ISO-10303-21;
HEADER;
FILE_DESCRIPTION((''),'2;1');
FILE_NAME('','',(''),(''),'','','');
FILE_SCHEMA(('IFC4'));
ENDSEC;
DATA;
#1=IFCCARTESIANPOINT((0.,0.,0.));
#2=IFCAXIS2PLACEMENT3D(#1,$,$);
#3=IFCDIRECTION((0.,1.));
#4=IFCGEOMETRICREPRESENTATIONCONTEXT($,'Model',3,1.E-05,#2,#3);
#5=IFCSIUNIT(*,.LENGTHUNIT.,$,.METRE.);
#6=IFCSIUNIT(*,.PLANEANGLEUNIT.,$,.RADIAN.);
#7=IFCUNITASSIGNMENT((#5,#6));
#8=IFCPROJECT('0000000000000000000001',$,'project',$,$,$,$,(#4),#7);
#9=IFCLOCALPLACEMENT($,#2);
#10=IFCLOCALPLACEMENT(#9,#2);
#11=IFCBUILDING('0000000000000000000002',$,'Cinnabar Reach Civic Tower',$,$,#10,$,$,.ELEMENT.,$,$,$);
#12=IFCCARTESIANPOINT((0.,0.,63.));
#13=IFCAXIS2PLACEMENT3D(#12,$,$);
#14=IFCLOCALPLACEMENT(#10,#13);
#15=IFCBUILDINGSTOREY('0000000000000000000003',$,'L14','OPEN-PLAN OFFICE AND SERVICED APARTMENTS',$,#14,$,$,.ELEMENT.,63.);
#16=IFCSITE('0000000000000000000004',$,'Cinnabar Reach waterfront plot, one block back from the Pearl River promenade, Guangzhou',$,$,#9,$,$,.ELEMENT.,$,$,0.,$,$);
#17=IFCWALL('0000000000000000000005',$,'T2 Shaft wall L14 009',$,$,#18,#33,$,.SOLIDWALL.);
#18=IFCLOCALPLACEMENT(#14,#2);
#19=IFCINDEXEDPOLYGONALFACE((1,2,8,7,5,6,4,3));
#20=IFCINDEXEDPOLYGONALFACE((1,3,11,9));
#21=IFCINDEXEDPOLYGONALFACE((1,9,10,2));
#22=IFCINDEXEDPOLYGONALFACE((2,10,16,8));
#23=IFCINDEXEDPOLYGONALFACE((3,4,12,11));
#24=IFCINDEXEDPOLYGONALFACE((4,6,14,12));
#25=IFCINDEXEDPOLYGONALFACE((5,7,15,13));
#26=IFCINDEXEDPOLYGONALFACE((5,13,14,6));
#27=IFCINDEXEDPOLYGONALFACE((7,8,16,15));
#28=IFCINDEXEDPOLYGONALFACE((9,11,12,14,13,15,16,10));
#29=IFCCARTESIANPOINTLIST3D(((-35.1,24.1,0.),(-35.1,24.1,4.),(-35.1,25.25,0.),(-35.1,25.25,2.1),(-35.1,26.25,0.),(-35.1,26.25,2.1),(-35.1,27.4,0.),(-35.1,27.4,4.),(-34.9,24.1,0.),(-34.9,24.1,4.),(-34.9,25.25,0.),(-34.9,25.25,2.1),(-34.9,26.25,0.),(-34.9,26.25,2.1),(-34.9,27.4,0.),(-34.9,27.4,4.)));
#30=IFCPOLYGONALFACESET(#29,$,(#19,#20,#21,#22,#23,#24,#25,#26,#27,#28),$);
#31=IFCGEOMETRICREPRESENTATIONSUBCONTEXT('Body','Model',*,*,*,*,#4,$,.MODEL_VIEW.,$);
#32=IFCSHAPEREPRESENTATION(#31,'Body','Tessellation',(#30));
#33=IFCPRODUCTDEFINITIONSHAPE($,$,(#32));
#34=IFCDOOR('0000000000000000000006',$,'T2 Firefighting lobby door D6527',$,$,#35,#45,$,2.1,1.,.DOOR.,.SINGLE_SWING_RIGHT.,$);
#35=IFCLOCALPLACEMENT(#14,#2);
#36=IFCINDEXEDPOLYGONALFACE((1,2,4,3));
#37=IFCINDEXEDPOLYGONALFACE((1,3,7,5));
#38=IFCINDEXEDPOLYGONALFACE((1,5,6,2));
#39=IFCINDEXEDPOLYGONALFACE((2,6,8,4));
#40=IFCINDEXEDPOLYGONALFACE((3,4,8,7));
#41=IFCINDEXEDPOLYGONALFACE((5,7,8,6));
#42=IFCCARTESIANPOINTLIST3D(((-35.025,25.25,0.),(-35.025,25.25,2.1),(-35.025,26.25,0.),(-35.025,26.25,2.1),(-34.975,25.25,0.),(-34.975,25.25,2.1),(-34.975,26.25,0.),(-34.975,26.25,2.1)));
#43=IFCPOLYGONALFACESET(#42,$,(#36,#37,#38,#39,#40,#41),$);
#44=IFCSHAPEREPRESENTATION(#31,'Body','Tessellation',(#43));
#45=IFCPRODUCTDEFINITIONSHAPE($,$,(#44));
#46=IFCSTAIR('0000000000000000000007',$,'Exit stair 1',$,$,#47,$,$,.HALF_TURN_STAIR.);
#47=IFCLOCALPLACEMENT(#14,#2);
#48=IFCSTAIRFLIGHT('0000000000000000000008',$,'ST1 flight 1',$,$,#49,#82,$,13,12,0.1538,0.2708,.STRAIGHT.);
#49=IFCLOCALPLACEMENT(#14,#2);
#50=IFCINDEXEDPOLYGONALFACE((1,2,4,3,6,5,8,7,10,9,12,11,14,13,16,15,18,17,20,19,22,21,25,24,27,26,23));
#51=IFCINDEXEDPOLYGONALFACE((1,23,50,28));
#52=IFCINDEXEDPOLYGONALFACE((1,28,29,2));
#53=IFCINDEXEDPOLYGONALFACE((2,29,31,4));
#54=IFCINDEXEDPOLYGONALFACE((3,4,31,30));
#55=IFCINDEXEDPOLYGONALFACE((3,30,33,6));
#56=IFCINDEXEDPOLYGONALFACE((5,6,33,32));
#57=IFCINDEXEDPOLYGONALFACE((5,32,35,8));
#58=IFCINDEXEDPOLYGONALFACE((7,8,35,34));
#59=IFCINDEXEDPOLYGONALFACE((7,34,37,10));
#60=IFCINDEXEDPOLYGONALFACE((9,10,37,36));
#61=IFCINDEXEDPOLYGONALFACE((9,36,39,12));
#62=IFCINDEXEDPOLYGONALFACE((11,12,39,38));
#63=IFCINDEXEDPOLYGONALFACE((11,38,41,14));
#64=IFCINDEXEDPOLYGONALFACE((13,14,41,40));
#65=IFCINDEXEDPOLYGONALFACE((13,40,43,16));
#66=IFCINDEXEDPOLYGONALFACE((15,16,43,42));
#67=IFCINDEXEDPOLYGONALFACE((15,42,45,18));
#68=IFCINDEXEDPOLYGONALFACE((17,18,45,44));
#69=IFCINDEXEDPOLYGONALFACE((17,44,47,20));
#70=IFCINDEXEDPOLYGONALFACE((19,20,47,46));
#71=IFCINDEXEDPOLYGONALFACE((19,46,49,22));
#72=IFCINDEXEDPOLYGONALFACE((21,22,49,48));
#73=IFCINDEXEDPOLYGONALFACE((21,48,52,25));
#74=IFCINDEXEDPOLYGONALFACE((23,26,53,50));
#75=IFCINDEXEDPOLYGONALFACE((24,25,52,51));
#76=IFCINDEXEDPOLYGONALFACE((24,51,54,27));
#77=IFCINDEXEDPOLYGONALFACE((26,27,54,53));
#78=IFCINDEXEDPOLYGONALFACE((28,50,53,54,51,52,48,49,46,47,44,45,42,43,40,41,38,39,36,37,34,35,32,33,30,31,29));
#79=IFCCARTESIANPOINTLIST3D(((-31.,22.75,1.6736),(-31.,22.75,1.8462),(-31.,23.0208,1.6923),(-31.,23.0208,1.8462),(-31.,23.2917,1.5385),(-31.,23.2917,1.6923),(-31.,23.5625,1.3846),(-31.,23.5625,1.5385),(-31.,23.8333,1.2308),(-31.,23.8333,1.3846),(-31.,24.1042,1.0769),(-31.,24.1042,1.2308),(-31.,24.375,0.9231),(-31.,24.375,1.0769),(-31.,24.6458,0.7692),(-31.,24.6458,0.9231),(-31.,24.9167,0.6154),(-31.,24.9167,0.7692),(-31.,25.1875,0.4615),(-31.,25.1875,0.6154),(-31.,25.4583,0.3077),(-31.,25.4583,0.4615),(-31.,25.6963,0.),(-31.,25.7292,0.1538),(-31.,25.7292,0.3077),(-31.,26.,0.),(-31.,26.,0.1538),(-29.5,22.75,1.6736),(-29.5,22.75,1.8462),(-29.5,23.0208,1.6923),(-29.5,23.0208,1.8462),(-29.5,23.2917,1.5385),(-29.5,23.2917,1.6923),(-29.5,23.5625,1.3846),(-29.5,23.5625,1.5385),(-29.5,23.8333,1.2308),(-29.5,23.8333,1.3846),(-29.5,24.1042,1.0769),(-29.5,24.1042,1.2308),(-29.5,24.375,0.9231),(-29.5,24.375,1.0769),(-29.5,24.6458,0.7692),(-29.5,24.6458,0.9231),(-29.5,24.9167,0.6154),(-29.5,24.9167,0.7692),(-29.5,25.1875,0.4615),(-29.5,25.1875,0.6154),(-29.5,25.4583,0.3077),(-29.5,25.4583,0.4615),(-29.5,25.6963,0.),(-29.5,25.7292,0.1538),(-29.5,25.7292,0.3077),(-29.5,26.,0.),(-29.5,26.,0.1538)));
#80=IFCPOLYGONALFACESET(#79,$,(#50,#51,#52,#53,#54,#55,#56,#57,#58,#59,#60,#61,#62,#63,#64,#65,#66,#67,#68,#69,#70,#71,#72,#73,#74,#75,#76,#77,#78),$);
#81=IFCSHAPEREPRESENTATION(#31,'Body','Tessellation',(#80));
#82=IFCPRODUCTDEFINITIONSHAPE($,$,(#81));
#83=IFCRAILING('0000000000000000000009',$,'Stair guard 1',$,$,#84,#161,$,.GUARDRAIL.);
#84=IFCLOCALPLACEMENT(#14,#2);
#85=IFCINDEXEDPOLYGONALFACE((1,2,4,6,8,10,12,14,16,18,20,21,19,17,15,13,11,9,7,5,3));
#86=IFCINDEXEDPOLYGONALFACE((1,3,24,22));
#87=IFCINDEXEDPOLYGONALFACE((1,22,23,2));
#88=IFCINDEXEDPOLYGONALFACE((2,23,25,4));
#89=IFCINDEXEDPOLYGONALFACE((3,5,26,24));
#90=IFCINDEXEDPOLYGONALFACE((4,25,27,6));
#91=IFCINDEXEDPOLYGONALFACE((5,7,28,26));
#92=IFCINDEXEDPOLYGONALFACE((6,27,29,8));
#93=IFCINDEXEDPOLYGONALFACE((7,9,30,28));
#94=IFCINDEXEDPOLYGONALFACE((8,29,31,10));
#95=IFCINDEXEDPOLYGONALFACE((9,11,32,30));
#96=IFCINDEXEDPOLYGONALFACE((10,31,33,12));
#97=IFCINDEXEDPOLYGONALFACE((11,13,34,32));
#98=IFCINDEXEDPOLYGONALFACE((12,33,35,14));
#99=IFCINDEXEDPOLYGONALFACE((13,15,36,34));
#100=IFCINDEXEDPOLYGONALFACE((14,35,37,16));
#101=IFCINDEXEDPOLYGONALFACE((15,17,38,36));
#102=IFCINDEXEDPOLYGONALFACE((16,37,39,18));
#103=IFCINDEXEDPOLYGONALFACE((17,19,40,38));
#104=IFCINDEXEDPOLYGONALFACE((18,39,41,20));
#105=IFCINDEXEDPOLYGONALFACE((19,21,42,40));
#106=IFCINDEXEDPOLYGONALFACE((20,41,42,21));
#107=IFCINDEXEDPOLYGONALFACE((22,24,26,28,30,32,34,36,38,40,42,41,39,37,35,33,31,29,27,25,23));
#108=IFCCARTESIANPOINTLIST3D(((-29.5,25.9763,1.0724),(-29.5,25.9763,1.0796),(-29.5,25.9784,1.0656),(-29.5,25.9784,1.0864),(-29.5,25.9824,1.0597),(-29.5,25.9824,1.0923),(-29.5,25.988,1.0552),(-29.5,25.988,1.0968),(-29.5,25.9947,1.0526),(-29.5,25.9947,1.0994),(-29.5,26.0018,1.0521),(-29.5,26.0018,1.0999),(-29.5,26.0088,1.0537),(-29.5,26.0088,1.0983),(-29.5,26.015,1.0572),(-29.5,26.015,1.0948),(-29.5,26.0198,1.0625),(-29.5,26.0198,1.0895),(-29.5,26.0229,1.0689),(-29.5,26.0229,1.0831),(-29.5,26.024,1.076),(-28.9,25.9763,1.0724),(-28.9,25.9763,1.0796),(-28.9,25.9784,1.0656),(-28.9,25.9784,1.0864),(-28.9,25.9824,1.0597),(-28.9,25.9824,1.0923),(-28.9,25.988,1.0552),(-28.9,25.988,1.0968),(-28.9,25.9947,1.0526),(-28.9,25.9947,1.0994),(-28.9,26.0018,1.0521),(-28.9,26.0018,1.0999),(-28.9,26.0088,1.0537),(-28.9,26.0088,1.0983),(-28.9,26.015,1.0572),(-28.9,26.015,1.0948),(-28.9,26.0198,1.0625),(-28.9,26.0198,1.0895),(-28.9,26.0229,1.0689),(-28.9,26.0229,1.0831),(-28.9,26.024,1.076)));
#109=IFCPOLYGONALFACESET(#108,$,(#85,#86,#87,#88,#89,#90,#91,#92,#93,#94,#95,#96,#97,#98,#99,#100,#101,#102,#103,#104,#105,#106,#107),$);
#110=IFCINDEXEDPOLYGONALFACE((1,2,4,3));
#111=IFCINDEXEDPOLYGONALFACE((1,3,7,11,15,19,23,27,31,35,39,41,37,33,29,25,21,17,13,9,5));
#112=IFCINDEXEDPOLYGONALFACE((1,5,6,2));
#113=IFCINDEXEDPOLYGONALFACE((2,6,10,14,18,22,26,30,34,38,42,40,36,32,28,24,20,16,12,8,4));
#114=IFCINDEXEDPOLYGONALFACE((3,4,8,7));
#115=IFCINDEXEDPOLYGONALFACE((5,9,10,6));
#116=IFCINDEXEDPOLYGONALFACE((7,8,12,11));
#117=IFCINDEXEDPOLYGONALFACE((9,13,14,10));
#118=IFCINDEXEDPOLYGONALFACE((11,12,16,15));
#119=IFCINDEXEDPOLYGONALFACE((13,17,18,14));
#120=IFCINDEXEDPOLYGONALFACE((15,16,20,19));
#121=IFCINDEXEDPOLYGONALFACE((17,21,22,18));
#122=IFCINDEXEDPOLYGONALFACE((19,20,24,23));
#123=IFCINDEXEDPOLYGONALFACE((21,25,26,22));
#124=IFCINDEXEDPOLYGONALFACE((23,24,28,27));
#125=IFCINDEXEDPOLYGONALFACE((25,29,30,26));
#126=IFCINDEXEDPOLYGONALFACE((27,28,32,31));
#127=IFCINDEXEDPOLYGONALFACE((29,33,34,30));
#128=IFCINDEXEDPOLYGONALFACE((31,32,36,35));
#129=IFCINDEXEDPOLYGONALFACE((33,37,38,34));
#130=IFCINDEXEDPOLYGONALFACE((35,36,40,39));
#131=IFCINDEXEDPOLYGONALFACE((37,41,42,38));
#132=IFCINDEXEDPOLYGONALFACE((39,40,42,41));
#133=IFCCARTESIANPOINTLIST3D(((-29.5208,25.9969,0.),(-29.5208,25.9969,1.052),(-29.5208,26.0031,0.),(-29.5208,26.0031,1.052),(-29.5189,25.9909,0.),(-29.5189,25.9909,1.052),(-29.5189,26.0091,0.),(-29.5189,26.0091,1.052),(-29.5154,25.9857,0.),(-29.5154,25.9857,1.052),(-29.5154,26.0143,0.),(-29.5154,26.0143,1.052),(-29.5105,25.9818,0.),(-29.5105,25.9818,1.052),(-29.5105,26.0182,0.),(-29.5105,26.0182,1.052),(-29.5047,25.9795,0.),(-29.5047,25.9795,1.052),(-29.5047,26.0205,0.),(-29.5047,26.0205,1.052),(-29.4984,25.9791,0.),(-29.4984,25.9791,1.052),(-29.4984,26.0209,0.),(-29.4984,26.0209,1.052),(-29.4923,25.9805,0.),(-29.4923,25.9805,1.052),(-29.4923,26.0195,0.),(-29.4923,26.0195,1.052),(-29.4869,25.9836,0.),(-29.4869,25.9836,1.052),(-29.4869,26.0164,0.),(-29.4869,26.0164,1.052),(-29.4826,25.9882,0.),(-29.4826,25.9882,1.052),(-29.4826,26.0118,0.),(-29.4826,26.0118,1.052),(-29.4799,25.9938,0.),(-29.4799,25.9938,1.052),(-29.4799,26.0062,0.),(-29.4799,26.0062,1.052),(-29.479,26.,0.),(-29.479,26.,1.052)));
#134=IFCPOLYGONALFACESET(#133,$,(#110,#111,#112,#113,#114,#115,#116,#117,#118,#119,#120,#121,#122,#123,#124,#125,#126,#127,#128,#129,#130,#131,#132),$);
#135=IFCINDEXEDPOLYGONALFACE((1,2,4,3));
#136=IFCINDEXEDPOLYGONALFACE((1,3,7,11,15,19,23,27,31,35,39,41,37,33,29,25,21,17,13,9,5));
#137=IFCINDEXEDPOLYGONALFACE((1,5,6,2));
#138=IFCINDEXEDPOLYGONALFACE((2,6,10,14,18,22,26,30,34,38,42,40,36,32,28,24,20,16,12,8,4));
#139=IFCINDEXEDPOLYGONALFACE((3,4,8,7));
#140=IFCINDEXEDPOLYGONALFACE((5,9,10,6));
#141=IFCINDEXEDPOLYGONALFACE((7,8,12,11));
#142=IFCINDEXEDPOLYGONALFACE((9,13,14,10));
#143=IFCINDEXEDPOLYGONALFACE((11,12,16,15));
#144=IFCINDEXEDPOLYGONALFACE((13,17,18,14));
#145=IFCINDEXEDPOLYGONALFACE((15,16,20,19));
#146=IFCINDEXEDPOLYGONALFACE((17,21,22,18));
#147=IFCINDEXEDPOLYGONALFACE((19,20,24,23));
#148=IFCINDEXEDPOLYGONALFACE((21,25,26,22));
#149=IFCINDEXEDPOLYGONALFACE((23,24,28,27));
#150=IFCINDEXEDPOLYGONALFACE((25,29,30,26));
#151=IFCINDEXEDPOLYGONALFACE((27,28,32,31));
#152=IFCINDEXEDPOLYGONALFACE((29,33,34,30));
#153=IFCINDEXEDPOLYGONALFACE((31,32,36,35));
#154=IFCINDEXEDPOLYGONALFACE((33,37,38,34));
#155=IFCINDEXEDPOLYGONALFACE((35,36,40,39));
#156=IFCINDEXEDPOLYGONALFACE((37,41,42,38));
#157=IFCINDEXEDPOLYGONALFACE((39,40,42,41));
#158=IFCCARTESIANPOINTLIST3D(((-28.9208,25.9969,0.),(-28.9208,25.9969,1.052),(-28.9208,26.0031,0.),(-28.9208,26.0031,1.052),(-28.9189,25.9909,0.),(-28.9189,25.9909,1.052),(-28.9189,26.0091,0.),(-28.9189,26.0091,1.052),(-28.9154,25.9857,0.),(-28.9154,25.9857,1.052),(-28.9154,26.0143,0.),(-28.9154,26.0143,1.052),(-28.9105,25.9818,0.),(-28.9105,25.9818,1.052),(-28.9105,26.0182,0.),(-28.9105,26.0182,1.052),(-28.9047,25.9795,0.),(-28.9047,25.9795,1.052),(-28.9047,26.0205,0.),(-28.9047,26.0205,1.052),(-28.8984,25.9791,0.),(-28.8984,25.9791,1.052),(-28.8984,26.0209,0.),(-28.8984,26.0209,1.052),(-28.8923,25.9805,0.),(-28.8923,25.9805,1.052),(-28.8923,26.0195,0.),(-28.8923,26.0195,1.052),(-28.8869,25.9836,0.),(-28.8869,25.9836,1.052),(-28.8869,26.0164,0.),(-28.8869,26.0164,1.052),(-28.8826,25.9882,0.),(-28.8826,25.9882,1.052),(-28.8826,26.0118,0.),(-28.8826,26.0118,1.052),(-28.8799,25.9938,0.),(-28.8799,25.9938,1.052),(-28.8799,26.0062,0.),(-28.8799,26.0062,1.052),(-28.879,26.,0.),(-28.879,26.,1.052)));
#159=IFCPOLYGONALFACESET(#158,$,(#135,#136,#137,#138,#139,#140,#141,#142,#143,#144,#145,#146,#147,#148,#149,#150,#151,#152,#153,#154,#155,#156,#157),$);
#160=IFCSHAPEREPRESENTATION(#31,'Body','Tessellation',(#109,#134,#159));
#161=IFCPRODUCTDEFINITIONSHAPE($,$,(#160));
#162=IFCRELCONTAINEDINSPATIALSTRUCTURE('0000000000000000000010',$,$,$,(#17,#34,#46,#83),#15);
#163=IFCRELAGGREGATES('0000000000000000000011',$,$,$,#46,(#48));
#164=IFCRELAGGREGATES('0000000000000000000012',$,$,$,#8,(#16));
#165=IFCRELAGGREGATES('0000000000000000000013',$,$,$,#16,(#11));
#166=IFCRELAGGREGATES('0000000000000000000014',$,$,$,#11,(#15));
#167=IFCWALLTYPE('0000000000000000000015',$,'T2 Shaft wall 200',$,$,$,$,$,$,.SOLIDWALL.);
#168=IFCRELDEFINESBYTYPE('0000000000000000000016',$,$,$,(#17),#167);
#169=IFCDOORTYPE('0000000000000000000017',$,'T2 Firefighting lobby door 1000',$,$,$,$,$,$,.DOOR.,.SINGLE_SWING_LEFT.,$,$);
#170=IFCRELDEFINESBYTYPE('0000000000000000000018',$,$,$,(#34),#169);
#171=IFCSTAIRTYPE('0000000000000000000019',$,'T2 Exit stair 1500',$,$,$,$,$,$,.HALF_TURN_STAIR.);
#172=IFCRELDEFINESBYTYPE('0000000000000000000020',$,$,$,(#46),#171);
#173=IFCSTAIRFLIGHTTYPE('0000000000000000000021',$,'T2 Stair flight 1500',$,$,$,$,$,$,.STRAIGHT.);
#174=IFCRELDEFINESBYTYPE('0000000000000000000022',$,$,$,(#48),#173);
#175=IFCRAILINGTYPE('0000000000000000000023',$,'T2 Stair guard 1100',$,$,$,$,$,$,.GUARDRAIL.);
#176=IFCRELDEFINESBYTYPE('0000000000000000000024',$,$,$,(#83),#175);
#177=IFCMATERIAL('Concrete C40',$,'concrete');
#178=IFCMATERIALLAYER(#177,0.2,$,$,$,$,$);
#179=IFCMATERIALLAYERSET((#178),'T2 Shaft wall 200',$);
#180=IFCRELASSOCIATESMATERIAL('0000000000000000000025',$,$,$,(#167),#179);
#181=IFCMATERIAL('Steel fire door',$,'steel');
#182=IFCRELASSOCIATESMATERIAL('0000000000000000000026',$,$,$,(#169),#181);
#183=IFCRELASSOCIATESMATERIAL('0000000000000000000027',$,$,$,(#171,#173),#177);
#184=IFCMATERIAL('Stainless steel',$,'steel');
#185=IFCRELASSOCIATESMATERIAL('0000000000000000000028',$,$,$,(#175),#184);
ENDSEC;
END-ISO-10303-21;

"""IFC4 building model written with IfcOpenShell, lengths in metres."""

from ifc_helpers import new_model, si_unit, direction, frame, frame_2d, origin, origin_2d, place, context, subcontext, project, spatial, polyline, rectangle, circle, outline, extrude, material, layer, layer_set, type_object, element, fill, aggregate, save


model = new_model("IFC4")

# Units and contexts
model_context = context("Model", 3, precision=1e-05, world=origin(), true_north=direction((0.0, 1.0)))
body_context = subcontext(model_context, "Body", "Model", "MODEL_VIEW")
ifc_project = project(units=[si_unit("LENGTHUNIT", "METRE"), si_unit("PLANEANGLEUNIT", "RADIAN")], contexts=[model_context])

# Site, building, storey
site_placement = place(None, origin())
site = spatial("IfcSite", under=ifc_project, at=site_placement, Name="Cinnabar Reach waterfront plot, one block back from the Pearl River promenade, Guangzhou", CompositionType="ELEMENT", RefElevation=0.0)
building_placement = place(site_placement, origin())
building = spatial("IfcBuilding", under=site, at=building_placement, Name="Cinnabar Reach Civic Tower", CompositionType="ELEMENT")
storey_placement = place(building_placement, frame((0.0, 0.0, 63.0)))
storey = spatial("IfcBuildingStorey", under=building, at=storey_placement, Name="L14", Description="OPEN-PLAN OFFICE AND SERVICED APARTMENTS", CompositionType="ELEMENT", Elevation=63.0)

# Shared definitions
ifc_material_1 = material(Name="Steel fire door", Category="steel")

# Shared definitions
ifc_material_2 = material(Name="Concrete C40", Category="concrete")

# Shared definitions
ifc_layer_1 = layer(ifc_material_2, 0.2)
ifc_layer_set_1 = layer_set([ifc_layer_1], Name="T2 Shaft wall 200")
wall_type_1 = type_object("IfcWallType", Name="T2 Shaft wall 200", PredefinedType="SOLIDWALL", material=ifc_layer_set_1)

# Wall, opening, door
wall_1_placement = place(storey_placement, frame((-35.0, 24.1, 0.0), z_axis=(0.0, 0.0, 1.0), x_axis=(0.0, 1.0, 0.0)))
wall_1 = element("IfcWall", 1, at=wall_1_placement, inside=storey, type_object=wall_type_1, Name="T2 Shaft wall L14 009", PredefinedType="SOLIDWALL", context=body_context, shape_type="SweptSolid", body=[
    extrude(rectangle(XDim=3.3, YDim=0.2, at=frame_2d((1.65, 0.0))), origin(), (0.0, 0.0, 1.0), 4.0),
])
opening_1_placement = place(wall_1_placement, frame((1.15, 0.0, 0.0)))
opening_1 = element("IfcOpeningElement", 2, at=opening_1_placement, cuts=wall_1, PredefinedType="OPENING", context=body_context, shape_type="SweptSolid", body=[
    extrude(rectangle(XDim=1.0, YDim=2.1, at=frame_2d((0.5, 1.05))), frame((0.0, 0.11, 0.0), z_axis=(0.0, -1.0, 0.0), x_axis=(1.0, 0.0, 0.0)), (0.0, 0.0, 1.0), 0.22),
])
door_type_1 = type_object("IfcDoorType", Name="T2 Firefighting lobby door 1000", OperationType="SINGLE_SWING_LEFT", PredefinedType="DOOR", material=ifc_material_1)
door_1_placement = place(opening_1_placement, origin())
door_1 = element("IfcDoor", 3, at=door_1_placement, inside=storey, type_object=door_type_1, Name="T2 Firefighting lobby door D6527", OperationType="SINGLE_SWING_RIGHT", OverallHeight=2.1, OverallWidth=1.0, PredefinedType="DOOR", context=body_context, shape_type="SweptSolid", body=[
    extrude(rectangle(XDim=1.0, YDim=2.1, at=frame_2d((0.5, 1.05))), frame((0.0, 0.025, 0.0), z_axis=(0.0, -1.0, 0.0), x_axis=(1.0, 0.0, 0.0)), (0.0, 0.0, 1.0), 0.05),
])
fill(opening_1, door_1)

# Stair, stair flight
stair_type = type_object("IfcStairType", Name="T2 Exit stair 1500", PredefinedType="HALF_TURN_STAIR", material=ifc_material_2)
stair_placement = place(storey_placement, origin())
stair = element("IfcStair", 4, at=stair_placement, inside=storey, type_object=stair_type, Name="Exit stair 1", PredefinedType="HALF_TURN_STAIR")
stair_flight_type = type_object("IfcStairFlightType", Name="T2 Stair flight 1500", PredefinedType="STRAIGHT", material=ifc_material_2)
stair_flight_placement = place(storey_placement, frame((-30.25, 26.0, 0.0), z_axis=(0.0, 0.0, 1.0), x_axis=(0.0, -1.0, 0.0)))
stair_flight = element("IfcStairFlight", 5, at=stair_flight_placement, type_object=stair_flight_type, Name="ST1 flight 1", NumberOfRisers=13, NumberOfTreads=12, PredefinedType="STRAIGHT", RiserHeight=0.1538, TreadLength=0.2708, context=body_context, shape_type="SweptSolid", body=[
    extrude(outline(polyline([(0.0, 0.0), (0.0, 0.1538), (0.2708, 0.1538), (0.2708, 0.3077), (0.5417, 0.3077), (0.5417, 0.4615), (0.8125, 0.4615), (0.8125, 0.6154), (1.0833, 0.6154), (1.0833, 0.7692), (1.3542, 0.7692), (1.3542, 0.9231), (1.625, 0.9231), (1.625, 1.0769), (1.8958, 1.0769), (1.8958, 1.2308), (2.1667, 1.2308), (2.1667, 1.3846), (2.4375, 1.3846), (2.4375, 1.5385), (2.7083, 1.5385), (2.7083, 1.6923), (2.9792, 1.6923), (2.9792, 1.8462), (3.25, 1.8462), (3.25, 2.0), (3.25, 1.6736), (0.3037, 0.0), (0.0, 0.0)])), frame((0.0, 0.75, 0.0), z_axis=(0.0, -1.0, 0.0), x_axis=(1.0, 0.0, 0.0)), (0.0, 0.0, 1.0), 1.5),
])
aggregate(stair, [stair_flight])

# Railing
ifc_material_3 = material(Name="Stainless steel", Category="steel")
railing_type = type_object("IfcRailingType", Name="T2 Stair guard 1100", PredefinedType="GUARDRAIL", material=ifc_material_3)
railing_1_placement = place(storey_placement, frame((-29.5, 26.0, 0.0)))
element("IfcRailing", 6, at=railing_1_placement, inside=storey, type_object=railing_type, Name="Stair guard 1", PredefinedType="GUARDRAIL", context=body_context, shape_type="SweptSolid", body=[
    extrude(circle(Radius=0.024, at=origin_2d()), frame((0.0, 0.0, 1.076), z_axis=(1.0, 0.0, 0.0), x_axis=(0.0, 1.0, 0.0)), (0.0, 0.0, 1.0), 0.6),
    extrude(circle(Radius=0.021, at=origin_2d()), origin(), (0.0, 0.0, 1.0), 1.052),
    extrude(circle(Radius=0.021, at=origin_2d()), frame((0.6, 0.0, 0.0)), (0.0, 0.0, 1.0), 1.052),
])

save(model, "model.ifc")
